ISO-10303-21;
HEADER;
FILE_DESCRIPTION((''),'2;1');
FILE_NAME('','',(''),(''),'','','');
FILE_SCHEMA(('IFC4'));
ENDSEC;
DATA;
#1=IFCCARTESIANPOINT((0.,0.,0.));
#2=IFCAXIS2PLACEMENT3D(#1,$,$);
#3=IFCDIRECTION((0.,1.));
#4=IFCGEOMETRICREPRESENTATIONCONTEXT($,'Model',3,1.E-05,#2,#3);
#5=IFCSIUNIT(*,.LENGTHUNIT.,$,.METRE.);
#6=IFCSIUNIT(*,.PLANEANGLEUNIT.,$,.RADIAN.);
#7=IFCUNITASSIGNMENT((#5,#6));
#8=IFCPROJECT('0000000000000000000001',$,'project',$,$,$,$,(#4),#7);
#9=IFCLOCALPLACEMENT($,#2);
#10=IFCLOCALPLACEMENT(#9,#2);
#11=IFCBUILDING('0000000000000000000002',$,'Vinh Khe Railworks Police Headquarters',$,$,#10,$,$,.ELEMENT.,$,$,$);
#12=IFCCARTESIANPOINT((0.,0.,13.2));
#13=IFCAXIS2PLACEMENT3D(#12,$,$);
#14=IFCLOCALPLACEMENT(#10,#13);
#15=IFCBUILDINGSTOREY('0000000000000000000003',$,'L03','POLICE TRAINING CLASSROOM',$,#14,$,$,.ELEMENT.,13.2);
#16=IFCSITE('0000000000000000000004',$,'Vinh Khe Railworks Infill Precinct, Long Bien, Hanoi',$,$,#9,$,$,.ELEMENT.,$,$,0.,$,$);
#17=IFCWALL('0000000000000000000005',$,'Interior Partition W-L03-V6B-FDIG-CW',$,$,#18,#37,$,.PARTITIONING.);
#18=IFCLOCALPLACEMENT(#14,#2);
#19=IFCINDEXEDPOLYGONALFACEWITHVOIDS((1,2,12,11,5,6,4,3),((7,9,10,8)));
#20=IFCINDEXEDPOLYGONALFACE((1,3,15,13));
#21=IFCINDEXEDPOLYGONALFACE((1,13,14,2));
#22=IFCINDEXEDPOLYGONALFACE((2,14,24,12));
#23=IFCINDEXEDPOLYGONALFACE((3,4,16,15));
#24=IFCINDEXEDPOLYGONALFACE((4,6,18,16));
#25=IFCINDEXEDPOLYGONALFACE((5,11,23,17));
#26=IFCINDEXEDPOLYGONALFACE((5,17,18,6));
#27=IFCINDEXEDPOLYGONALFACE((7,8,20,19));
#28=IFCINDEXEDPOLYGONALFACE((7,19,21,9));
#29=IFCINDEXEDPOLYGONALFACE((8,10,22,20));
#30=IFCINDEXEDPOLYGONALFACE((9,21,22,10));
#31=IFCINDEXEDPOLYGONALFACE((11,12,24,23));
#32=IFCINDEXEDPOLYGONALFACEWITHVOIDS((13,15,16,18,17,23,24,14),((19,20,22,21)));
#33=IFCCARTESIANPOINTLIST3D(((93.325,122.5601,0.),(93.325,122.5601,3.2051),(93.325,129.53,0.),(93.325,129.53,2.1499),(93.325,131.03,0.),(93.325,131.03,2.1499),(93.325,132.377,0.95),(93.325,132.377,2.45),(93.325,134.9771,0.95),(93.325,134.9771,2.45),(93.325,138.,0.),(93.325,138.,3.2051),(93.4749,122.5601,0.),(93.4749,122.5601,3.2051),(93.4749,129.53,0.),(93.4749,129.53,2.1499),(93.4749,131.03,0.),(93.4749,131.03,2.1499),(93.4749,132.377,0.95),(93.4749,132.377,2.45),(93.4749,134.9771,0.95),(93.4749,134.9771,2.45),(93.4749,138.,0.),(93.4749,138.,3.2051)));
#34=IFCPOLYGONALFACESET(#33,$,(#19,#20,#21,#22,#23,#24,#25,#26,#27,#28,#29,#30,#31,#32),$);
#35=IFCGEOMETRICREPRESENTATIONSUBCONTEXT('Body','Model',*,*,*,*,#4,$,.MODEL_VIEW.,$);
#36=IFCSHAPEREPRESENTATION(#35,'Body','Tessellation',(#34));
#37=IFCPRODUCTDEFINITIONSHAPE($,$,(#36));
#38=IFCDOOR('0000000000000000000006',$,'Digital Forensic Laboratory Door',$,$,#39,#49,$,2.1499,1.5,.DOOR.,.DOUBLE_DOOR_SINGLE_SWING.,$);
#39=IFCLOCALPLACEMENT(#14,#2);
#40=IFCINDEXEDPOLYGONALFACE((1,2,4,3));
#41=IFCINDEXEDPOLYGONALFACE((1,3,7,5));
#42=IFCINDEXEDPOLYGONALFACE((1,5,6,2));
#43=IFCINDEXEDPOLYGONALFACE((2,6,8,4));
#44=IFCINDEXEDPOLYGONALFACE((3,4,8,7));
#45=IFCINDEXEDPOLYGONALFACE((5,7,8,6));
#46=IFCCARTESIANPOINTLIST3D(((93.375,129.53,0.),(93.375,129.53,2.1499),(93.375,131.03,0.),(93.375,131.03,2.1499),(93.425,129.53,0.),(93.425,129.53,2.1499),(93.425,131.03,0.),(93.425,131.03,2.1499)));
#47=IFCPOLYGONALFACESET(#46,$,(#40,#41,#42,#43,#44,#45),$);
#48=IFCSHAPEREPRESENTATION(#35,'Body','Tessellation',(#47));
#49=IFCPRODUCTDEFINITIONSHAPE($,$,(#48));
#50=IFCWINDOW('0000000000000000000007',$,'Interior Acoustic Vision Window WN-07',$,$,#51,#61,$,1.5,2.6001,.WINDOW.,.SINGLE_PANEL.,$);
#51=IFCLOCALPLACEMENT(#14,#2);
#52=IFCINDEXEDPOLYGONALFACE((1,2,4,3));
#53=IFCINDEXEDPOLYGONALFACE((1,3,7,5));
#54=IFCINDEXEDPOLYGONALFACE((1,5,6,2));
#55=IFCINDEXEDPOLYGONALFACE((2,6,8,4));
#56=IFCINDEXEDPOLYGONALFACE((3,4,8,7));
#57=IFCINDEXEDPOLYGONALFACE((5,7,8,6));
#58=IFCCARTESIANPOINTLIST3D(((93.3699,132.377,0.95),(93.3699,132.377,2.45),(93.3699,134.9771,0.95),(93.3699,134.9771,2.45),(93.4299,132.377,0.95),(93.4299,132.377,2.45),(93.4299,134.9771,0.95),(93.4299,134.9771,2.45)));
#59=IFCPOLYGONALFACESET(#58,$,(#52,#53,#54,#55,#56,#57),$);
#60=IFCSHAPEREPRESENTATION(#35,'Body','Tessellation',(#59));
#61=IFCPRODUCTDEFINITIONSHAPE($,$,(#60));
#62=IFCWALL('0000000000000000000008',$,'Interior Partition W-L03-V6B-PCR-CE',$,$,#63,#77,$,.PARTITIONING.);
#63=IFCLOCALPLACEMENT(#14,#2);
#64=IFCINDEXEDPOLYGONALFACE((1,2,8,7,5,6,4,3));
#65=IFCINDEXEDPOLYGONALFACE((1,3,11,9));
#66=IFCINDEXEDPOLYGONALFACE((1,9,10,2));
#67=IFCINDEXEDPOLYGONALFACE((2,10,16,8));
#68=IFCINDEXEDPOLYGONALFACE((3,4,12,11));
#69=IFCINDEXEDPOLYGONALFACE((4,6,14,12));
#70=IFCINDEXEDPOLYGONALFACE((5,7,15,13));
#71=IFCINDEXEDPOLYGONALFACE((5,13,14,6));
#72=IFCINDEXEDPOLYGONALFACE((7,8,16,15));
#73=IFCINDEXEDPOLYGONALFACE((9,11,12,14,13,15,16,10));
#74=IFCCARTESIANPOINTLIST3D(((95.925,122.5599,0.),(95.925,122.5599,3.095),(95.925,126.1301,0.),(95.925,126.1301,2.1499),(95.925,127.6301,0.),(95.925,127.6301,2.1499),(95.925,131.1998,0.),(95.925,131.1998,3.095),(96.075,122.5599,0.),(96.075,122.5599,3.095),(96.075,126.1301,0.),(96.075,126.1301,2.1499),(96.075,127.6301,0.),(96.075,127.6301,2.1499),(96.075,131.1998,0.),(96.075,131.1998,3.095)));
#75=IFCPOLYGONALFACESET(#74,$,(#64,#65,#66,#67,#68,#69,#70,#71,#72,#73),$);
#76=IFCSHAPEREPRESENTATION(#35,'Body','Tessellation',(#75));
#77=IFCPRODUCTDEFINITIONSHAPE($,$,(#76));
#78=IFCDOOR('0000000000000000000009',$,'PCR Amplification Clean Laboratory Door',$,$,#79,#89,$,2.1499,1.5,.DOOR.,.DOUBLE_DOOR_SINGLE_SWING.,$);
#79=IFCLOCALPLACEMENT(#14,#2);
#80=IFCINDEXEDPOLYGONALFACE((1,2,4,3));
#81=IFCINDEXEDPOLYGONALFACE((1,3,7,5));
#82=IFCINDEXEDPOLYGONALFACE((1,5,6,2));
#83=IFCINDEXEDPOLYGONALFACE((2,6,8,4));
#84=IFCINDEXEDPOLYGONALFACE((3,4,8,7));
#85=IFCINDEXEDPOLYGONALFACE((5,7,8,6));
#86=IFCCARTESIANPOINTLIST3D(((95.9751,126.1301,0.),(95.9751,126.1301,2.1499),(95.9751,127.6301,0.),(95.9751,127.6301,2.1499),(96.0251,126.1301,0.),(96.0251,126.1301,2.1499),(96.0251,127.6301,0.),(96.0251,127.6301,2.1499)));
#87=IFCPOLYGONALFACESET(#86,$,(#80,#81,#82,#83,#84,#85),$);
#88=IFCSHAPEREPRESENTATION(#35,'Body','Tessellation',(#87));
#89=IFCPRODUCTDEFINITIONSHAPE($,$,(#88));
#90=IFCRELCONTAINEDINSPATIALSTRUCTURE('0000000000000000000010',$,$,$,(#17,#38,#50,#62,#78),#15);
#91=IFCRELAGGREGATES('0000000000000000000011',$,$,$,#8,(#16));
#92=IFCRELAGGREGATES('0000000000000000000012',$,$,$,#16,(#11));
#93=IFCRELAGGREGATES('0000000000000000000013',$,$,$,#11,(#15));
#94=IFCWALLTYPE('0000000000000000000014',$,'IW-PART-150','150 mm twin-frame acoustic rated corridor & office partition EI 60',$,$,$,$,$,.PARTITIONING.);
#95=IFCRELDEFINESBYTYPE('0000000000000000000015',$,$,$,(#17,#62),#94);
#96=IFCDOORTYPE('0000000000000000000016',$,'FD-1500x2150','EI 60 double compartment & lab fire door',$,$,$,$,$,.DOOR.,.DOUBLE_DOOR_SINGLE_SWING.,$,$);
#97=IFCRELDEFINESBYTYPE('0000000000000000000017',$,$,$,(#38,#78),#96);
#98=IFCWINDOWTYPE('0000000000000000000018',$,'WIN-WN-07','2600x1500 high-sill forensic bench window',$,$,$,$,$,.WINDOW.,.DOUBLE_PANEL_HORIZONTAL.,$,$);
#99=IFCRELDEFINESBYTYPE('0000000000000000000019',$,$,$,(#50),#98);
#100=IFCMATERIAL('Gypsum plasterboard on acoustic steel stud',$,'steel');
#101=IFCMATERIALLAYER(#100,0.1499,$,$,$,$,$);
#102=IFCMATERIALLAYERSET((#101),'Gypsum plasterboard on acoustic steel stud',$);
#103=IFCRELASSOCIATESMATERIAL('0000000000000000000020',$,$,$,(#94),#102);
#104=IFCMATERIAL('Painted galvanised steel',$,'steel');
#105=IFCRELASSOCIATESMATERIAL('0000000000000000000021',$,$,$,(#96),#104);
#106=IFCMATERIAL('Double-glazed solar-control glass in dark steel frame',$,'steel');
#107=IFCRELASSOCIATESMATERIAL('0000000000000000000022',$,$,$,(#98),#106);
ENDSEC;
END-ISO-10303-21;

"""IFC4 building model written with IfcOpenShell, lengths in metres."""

from ifc_helpers import new_model, si_unit, direction, frame, frame_2d, origin, place, context, subcontext, project, spatial, rectangle, extrude, material, layer, layer_set, type_object, element, fill, save


model = new_model("IFC4")

# Units and contexts
model_context = context("Model", 3, precision=1e-05, world=origin(), true_north=direction((0.0, 1.0)))
body_context = subcontext(model_context, "Body", "Model", "MODEL_VIEW")
ifc_project = project(units=[si_unit("LENGTHUNIT", "METRE"), si_unit("PLANEANGLEUNIT", "RADIAN")], contexts=[model_context])

# Site, building, storey
site_placement = place(None, origin())
site = spatial("IfcSite", under=ifc_project, at=site_placement, Name="Vinh Khe Railworks Infill Precinct, Long Bien, Hanoi", CompositionType="ELEMENT", RefElevation=0.0)
building_placement = place(site_placement, origin())
building = spatial("IfcBuilding", under=site, at=building_placement, Name="Vinh Khe Railworks Police Headquarters", CompositionType="ELEMENT")
storey_placement = place(building_placement, frame((0.0, 0.0, 13.2)))
storey = spatial("IfcBuildingStorey", under=building, at=storey_placement, Name="L03", Description="POLICE TRAINING CLASSROOM", CompositionType="ELEMENT", Elevation=13.2)

# Shared definitions
ifc_material_1 = material(Name="Double-glazed solar-control glass in dark steel frame", Category="steel")

# Wall, openings, door, window
ifc_material_2 = material(Name="Gypsum plasterboard on acoustic steel stud", Category="steel")
ifc_layer_1 = layer(ifc_material_2, 0.1499)
ifc_layer_set_1 = layer_set([ifc_layer_1], Name="Gypsum plasterboard on acoustic steel stud")
wall_type_1 = type_object("IfcWallType", Name="IW-PART-150", Description="150 mm twin-frame acoustic rated corridor & office partition EI 60", PredefinedType="PARTITIONING", material=ifc_layer_set_1)
wall_1_placement = place(storey_placement, frame((93.3999, 122.5601, 0.0), z_axis=(0.0, 0.0, 1.0), x_axis=(0.0, 1.0, 0.0)))
wall_1 = element("IfcWall", 1, at=wall_1_placement, inside=storey, type_object=wall_type_1, Name="Interior Partition W-L03-V6B-FDIG-CW", PredefinedType="PARTITIONING", context=body_context, shape_type="SweptSolid", body=[
    extrude(rectangle(XDim=15.4399, YDim=0.1499, at=frame_2d((7.72, 0.0))), origin(), (0.0, 0.0, 1.0), 3.2051),
])
opening_1_placement = place(wall_1_placement, frame((6.97, 0.0, 0.0)))
opening_1 = element("IfcOpeningElement", 2, at=opening_1_placement, cuts=wall_1, PredefinedType="OPENING", context=body_context, shape_type="SweptSolid", body=[
    extrude(rectangle(XDim=1.5, YDim=2.1499, at=frame_2d((0.75, 1.075))), frame((0.0, 0.0898, 0.0), z_axis=(0.0, -1.0, 0.0), x_axis=(1.0, 0.0, 0.0)), (0.0, 0.0, 1.0), 0.1797),
])
opening_2_placement = place(wall_1_placement, frame((9.8169, 0.0, 0.95)))
opening_2 = element("IfcOpeningElement", 3, at=opening_2_placement, cuts=wall_1, PredefinedType="OPENING", context=body_context, shape_type="SweptSolid", body=[
    extrude(rectangle(XDim=2.6001, YDim=1.5, at=frame_2d((1.3, 0.75))), frame((0.0, 0.0898, 0.0), z_axis=(0.0, -1.0, 0.0), x_axis=(1.0, 0.0, 0.0)), (0.0, 0.0, 1.0), 0.1797),
])
ifc_material_3 = material(Name="Painted galvanised steel", Category="steel")
door_type_1 = type_object("IfcDoorType", Name="FD-1500x2150", Description="EI 60 double compartment & lab fire door", OperationType="DOUBLE_DOOR_SINGLE_SWING", PredefinedType="DOOR", material=ifc_material_3)
door_1_placement = place(opening_1_placement, origin())
door_1 = element("IfcDoor", 4, at=door_1_placement, inside=storey, type_object=door_type_1, Name="Digital Forensic Laboratory Door", OperationType="DOUBLE_DOOR_SINGLE_SWING", OverallHeight=2.1499, OverallWidth=1.5, PredefinedType="DOOR", context=body_context, shape_type="SweptSolid", body=[
    extrude(rectangle(XDim=1.5, YDim=2.1499, at=frame_2d((0.75, 1.075))), frame((0.0, 0.0249, 0.0), z_axis=(0.0, -1.0, 0.0), x_axis=(1.0, 0.0, 0.0)), (0.0, 0.0, 1.0), 0.05),
])
fill(opening_1, door_1)
window_type_1 = type_object("IfcWindowType", Name="WIN-WN-07", Description="2600x1500 high-sill forensic bench window", PartitioningType="DOUBLE_PANEL_HORIZONTAL", PredefinedType="WINDOW", material=ifc_material_1)
window_1_placement = place(opening_2_placement, origin())
window_1 = element("IfcWindow", 5, at=window_1_placement, inside=storey, type_object=window_type_1, Name="Interior Acoustic Vision Window WN-07", OverallHeight=1.5, OverallWidth=2.6001, PartitioningType="SINGLE_PANEL", PredefinedType="WINDOW", context=body_context, shape_type="SweptSolid", body=[
    extrude(rectangle(XDim=2.6001, YDim=1.5, at=frame_2d((1.3, 0.75))), frame((0.0, 0.03, 0.0), z_axis=(0.0, -1.0, 0.0), x_axis=(1.0, 0.0, 0.0)), (0.0, 0.0, 1.0), 0.0601),
])
fill(opening_2, window_1)

# Wall, opening, door
wall_2_placement = place(storey_placement, frame((96.0, 122.5601, 0.0), z_axis=(0.0, 0.0, 1.0), x_axis=(0.0, 1.0, 0.0)))
wall_2 = element("IfcWall", 6, at=wall_2_placement, inside=storey, type_object=wall_type_1, Name="Interior Partition W-L03-V6B-PCR-CE", PredefinedType="PARTITIONING", context=body_context, shape_type="SweptSolid", body=[
    extrude(rectangle(XDim=8.6399, YDim=0.1499, at=frame_2d((4.3198, 0.0))), origin(), (0.0, 0.0, 1.0), 3.095),
])
opening_3_placement = place(wall_2_placement, frame((3.5701, 0.0, 0.0)))
opening_3 = element("IfcOpeningElement", 7, at=opening_3_placement, cuts=wall_2, PredefinedType="OPENING", context=body_context, shape_type="SweptSolid", body=[
    extrude(rectangle(XDim=1.5, YDim=2.1499, at=frame_2d((0.75, 1.075))), frame((0.0, 0.0898, 0.0), z_axis=(0.0, -1.0, 0.0), x_axis=(1.0, 0.0, 0.0)), (0.0, 0.0, 1.0), 0.1797),
])
door_2_placement = place(opening_3_placement, origin())
door_2 = element("IfcDoor", 8, at=door_2_placement, inside=storey, type_object=door_type_1, Name="PCR Amplification Clean Laboratory Door", OperationType="DOUBLE_DOOR_SINGLE_SWING", OverallHeight=2.1499, OverallWidth=1.5, PredefinedType="DOOR", context=body_context, shape_type="SweptSolid", body=[
    extrude(rectangle(XDim=1.5, YDim=2.1499, at=frame_2d((0.75, 1.075))), frame((0.0, 0.0249, 0.0), z_axis=(0.0, -1.0, 0.0), x_axis=(1.0, 0.0, 0.0)), (0.0, 0.0, 1.0), 0.05),
])
fill(opening_3, door_2)

save(model, "model.ifc")
